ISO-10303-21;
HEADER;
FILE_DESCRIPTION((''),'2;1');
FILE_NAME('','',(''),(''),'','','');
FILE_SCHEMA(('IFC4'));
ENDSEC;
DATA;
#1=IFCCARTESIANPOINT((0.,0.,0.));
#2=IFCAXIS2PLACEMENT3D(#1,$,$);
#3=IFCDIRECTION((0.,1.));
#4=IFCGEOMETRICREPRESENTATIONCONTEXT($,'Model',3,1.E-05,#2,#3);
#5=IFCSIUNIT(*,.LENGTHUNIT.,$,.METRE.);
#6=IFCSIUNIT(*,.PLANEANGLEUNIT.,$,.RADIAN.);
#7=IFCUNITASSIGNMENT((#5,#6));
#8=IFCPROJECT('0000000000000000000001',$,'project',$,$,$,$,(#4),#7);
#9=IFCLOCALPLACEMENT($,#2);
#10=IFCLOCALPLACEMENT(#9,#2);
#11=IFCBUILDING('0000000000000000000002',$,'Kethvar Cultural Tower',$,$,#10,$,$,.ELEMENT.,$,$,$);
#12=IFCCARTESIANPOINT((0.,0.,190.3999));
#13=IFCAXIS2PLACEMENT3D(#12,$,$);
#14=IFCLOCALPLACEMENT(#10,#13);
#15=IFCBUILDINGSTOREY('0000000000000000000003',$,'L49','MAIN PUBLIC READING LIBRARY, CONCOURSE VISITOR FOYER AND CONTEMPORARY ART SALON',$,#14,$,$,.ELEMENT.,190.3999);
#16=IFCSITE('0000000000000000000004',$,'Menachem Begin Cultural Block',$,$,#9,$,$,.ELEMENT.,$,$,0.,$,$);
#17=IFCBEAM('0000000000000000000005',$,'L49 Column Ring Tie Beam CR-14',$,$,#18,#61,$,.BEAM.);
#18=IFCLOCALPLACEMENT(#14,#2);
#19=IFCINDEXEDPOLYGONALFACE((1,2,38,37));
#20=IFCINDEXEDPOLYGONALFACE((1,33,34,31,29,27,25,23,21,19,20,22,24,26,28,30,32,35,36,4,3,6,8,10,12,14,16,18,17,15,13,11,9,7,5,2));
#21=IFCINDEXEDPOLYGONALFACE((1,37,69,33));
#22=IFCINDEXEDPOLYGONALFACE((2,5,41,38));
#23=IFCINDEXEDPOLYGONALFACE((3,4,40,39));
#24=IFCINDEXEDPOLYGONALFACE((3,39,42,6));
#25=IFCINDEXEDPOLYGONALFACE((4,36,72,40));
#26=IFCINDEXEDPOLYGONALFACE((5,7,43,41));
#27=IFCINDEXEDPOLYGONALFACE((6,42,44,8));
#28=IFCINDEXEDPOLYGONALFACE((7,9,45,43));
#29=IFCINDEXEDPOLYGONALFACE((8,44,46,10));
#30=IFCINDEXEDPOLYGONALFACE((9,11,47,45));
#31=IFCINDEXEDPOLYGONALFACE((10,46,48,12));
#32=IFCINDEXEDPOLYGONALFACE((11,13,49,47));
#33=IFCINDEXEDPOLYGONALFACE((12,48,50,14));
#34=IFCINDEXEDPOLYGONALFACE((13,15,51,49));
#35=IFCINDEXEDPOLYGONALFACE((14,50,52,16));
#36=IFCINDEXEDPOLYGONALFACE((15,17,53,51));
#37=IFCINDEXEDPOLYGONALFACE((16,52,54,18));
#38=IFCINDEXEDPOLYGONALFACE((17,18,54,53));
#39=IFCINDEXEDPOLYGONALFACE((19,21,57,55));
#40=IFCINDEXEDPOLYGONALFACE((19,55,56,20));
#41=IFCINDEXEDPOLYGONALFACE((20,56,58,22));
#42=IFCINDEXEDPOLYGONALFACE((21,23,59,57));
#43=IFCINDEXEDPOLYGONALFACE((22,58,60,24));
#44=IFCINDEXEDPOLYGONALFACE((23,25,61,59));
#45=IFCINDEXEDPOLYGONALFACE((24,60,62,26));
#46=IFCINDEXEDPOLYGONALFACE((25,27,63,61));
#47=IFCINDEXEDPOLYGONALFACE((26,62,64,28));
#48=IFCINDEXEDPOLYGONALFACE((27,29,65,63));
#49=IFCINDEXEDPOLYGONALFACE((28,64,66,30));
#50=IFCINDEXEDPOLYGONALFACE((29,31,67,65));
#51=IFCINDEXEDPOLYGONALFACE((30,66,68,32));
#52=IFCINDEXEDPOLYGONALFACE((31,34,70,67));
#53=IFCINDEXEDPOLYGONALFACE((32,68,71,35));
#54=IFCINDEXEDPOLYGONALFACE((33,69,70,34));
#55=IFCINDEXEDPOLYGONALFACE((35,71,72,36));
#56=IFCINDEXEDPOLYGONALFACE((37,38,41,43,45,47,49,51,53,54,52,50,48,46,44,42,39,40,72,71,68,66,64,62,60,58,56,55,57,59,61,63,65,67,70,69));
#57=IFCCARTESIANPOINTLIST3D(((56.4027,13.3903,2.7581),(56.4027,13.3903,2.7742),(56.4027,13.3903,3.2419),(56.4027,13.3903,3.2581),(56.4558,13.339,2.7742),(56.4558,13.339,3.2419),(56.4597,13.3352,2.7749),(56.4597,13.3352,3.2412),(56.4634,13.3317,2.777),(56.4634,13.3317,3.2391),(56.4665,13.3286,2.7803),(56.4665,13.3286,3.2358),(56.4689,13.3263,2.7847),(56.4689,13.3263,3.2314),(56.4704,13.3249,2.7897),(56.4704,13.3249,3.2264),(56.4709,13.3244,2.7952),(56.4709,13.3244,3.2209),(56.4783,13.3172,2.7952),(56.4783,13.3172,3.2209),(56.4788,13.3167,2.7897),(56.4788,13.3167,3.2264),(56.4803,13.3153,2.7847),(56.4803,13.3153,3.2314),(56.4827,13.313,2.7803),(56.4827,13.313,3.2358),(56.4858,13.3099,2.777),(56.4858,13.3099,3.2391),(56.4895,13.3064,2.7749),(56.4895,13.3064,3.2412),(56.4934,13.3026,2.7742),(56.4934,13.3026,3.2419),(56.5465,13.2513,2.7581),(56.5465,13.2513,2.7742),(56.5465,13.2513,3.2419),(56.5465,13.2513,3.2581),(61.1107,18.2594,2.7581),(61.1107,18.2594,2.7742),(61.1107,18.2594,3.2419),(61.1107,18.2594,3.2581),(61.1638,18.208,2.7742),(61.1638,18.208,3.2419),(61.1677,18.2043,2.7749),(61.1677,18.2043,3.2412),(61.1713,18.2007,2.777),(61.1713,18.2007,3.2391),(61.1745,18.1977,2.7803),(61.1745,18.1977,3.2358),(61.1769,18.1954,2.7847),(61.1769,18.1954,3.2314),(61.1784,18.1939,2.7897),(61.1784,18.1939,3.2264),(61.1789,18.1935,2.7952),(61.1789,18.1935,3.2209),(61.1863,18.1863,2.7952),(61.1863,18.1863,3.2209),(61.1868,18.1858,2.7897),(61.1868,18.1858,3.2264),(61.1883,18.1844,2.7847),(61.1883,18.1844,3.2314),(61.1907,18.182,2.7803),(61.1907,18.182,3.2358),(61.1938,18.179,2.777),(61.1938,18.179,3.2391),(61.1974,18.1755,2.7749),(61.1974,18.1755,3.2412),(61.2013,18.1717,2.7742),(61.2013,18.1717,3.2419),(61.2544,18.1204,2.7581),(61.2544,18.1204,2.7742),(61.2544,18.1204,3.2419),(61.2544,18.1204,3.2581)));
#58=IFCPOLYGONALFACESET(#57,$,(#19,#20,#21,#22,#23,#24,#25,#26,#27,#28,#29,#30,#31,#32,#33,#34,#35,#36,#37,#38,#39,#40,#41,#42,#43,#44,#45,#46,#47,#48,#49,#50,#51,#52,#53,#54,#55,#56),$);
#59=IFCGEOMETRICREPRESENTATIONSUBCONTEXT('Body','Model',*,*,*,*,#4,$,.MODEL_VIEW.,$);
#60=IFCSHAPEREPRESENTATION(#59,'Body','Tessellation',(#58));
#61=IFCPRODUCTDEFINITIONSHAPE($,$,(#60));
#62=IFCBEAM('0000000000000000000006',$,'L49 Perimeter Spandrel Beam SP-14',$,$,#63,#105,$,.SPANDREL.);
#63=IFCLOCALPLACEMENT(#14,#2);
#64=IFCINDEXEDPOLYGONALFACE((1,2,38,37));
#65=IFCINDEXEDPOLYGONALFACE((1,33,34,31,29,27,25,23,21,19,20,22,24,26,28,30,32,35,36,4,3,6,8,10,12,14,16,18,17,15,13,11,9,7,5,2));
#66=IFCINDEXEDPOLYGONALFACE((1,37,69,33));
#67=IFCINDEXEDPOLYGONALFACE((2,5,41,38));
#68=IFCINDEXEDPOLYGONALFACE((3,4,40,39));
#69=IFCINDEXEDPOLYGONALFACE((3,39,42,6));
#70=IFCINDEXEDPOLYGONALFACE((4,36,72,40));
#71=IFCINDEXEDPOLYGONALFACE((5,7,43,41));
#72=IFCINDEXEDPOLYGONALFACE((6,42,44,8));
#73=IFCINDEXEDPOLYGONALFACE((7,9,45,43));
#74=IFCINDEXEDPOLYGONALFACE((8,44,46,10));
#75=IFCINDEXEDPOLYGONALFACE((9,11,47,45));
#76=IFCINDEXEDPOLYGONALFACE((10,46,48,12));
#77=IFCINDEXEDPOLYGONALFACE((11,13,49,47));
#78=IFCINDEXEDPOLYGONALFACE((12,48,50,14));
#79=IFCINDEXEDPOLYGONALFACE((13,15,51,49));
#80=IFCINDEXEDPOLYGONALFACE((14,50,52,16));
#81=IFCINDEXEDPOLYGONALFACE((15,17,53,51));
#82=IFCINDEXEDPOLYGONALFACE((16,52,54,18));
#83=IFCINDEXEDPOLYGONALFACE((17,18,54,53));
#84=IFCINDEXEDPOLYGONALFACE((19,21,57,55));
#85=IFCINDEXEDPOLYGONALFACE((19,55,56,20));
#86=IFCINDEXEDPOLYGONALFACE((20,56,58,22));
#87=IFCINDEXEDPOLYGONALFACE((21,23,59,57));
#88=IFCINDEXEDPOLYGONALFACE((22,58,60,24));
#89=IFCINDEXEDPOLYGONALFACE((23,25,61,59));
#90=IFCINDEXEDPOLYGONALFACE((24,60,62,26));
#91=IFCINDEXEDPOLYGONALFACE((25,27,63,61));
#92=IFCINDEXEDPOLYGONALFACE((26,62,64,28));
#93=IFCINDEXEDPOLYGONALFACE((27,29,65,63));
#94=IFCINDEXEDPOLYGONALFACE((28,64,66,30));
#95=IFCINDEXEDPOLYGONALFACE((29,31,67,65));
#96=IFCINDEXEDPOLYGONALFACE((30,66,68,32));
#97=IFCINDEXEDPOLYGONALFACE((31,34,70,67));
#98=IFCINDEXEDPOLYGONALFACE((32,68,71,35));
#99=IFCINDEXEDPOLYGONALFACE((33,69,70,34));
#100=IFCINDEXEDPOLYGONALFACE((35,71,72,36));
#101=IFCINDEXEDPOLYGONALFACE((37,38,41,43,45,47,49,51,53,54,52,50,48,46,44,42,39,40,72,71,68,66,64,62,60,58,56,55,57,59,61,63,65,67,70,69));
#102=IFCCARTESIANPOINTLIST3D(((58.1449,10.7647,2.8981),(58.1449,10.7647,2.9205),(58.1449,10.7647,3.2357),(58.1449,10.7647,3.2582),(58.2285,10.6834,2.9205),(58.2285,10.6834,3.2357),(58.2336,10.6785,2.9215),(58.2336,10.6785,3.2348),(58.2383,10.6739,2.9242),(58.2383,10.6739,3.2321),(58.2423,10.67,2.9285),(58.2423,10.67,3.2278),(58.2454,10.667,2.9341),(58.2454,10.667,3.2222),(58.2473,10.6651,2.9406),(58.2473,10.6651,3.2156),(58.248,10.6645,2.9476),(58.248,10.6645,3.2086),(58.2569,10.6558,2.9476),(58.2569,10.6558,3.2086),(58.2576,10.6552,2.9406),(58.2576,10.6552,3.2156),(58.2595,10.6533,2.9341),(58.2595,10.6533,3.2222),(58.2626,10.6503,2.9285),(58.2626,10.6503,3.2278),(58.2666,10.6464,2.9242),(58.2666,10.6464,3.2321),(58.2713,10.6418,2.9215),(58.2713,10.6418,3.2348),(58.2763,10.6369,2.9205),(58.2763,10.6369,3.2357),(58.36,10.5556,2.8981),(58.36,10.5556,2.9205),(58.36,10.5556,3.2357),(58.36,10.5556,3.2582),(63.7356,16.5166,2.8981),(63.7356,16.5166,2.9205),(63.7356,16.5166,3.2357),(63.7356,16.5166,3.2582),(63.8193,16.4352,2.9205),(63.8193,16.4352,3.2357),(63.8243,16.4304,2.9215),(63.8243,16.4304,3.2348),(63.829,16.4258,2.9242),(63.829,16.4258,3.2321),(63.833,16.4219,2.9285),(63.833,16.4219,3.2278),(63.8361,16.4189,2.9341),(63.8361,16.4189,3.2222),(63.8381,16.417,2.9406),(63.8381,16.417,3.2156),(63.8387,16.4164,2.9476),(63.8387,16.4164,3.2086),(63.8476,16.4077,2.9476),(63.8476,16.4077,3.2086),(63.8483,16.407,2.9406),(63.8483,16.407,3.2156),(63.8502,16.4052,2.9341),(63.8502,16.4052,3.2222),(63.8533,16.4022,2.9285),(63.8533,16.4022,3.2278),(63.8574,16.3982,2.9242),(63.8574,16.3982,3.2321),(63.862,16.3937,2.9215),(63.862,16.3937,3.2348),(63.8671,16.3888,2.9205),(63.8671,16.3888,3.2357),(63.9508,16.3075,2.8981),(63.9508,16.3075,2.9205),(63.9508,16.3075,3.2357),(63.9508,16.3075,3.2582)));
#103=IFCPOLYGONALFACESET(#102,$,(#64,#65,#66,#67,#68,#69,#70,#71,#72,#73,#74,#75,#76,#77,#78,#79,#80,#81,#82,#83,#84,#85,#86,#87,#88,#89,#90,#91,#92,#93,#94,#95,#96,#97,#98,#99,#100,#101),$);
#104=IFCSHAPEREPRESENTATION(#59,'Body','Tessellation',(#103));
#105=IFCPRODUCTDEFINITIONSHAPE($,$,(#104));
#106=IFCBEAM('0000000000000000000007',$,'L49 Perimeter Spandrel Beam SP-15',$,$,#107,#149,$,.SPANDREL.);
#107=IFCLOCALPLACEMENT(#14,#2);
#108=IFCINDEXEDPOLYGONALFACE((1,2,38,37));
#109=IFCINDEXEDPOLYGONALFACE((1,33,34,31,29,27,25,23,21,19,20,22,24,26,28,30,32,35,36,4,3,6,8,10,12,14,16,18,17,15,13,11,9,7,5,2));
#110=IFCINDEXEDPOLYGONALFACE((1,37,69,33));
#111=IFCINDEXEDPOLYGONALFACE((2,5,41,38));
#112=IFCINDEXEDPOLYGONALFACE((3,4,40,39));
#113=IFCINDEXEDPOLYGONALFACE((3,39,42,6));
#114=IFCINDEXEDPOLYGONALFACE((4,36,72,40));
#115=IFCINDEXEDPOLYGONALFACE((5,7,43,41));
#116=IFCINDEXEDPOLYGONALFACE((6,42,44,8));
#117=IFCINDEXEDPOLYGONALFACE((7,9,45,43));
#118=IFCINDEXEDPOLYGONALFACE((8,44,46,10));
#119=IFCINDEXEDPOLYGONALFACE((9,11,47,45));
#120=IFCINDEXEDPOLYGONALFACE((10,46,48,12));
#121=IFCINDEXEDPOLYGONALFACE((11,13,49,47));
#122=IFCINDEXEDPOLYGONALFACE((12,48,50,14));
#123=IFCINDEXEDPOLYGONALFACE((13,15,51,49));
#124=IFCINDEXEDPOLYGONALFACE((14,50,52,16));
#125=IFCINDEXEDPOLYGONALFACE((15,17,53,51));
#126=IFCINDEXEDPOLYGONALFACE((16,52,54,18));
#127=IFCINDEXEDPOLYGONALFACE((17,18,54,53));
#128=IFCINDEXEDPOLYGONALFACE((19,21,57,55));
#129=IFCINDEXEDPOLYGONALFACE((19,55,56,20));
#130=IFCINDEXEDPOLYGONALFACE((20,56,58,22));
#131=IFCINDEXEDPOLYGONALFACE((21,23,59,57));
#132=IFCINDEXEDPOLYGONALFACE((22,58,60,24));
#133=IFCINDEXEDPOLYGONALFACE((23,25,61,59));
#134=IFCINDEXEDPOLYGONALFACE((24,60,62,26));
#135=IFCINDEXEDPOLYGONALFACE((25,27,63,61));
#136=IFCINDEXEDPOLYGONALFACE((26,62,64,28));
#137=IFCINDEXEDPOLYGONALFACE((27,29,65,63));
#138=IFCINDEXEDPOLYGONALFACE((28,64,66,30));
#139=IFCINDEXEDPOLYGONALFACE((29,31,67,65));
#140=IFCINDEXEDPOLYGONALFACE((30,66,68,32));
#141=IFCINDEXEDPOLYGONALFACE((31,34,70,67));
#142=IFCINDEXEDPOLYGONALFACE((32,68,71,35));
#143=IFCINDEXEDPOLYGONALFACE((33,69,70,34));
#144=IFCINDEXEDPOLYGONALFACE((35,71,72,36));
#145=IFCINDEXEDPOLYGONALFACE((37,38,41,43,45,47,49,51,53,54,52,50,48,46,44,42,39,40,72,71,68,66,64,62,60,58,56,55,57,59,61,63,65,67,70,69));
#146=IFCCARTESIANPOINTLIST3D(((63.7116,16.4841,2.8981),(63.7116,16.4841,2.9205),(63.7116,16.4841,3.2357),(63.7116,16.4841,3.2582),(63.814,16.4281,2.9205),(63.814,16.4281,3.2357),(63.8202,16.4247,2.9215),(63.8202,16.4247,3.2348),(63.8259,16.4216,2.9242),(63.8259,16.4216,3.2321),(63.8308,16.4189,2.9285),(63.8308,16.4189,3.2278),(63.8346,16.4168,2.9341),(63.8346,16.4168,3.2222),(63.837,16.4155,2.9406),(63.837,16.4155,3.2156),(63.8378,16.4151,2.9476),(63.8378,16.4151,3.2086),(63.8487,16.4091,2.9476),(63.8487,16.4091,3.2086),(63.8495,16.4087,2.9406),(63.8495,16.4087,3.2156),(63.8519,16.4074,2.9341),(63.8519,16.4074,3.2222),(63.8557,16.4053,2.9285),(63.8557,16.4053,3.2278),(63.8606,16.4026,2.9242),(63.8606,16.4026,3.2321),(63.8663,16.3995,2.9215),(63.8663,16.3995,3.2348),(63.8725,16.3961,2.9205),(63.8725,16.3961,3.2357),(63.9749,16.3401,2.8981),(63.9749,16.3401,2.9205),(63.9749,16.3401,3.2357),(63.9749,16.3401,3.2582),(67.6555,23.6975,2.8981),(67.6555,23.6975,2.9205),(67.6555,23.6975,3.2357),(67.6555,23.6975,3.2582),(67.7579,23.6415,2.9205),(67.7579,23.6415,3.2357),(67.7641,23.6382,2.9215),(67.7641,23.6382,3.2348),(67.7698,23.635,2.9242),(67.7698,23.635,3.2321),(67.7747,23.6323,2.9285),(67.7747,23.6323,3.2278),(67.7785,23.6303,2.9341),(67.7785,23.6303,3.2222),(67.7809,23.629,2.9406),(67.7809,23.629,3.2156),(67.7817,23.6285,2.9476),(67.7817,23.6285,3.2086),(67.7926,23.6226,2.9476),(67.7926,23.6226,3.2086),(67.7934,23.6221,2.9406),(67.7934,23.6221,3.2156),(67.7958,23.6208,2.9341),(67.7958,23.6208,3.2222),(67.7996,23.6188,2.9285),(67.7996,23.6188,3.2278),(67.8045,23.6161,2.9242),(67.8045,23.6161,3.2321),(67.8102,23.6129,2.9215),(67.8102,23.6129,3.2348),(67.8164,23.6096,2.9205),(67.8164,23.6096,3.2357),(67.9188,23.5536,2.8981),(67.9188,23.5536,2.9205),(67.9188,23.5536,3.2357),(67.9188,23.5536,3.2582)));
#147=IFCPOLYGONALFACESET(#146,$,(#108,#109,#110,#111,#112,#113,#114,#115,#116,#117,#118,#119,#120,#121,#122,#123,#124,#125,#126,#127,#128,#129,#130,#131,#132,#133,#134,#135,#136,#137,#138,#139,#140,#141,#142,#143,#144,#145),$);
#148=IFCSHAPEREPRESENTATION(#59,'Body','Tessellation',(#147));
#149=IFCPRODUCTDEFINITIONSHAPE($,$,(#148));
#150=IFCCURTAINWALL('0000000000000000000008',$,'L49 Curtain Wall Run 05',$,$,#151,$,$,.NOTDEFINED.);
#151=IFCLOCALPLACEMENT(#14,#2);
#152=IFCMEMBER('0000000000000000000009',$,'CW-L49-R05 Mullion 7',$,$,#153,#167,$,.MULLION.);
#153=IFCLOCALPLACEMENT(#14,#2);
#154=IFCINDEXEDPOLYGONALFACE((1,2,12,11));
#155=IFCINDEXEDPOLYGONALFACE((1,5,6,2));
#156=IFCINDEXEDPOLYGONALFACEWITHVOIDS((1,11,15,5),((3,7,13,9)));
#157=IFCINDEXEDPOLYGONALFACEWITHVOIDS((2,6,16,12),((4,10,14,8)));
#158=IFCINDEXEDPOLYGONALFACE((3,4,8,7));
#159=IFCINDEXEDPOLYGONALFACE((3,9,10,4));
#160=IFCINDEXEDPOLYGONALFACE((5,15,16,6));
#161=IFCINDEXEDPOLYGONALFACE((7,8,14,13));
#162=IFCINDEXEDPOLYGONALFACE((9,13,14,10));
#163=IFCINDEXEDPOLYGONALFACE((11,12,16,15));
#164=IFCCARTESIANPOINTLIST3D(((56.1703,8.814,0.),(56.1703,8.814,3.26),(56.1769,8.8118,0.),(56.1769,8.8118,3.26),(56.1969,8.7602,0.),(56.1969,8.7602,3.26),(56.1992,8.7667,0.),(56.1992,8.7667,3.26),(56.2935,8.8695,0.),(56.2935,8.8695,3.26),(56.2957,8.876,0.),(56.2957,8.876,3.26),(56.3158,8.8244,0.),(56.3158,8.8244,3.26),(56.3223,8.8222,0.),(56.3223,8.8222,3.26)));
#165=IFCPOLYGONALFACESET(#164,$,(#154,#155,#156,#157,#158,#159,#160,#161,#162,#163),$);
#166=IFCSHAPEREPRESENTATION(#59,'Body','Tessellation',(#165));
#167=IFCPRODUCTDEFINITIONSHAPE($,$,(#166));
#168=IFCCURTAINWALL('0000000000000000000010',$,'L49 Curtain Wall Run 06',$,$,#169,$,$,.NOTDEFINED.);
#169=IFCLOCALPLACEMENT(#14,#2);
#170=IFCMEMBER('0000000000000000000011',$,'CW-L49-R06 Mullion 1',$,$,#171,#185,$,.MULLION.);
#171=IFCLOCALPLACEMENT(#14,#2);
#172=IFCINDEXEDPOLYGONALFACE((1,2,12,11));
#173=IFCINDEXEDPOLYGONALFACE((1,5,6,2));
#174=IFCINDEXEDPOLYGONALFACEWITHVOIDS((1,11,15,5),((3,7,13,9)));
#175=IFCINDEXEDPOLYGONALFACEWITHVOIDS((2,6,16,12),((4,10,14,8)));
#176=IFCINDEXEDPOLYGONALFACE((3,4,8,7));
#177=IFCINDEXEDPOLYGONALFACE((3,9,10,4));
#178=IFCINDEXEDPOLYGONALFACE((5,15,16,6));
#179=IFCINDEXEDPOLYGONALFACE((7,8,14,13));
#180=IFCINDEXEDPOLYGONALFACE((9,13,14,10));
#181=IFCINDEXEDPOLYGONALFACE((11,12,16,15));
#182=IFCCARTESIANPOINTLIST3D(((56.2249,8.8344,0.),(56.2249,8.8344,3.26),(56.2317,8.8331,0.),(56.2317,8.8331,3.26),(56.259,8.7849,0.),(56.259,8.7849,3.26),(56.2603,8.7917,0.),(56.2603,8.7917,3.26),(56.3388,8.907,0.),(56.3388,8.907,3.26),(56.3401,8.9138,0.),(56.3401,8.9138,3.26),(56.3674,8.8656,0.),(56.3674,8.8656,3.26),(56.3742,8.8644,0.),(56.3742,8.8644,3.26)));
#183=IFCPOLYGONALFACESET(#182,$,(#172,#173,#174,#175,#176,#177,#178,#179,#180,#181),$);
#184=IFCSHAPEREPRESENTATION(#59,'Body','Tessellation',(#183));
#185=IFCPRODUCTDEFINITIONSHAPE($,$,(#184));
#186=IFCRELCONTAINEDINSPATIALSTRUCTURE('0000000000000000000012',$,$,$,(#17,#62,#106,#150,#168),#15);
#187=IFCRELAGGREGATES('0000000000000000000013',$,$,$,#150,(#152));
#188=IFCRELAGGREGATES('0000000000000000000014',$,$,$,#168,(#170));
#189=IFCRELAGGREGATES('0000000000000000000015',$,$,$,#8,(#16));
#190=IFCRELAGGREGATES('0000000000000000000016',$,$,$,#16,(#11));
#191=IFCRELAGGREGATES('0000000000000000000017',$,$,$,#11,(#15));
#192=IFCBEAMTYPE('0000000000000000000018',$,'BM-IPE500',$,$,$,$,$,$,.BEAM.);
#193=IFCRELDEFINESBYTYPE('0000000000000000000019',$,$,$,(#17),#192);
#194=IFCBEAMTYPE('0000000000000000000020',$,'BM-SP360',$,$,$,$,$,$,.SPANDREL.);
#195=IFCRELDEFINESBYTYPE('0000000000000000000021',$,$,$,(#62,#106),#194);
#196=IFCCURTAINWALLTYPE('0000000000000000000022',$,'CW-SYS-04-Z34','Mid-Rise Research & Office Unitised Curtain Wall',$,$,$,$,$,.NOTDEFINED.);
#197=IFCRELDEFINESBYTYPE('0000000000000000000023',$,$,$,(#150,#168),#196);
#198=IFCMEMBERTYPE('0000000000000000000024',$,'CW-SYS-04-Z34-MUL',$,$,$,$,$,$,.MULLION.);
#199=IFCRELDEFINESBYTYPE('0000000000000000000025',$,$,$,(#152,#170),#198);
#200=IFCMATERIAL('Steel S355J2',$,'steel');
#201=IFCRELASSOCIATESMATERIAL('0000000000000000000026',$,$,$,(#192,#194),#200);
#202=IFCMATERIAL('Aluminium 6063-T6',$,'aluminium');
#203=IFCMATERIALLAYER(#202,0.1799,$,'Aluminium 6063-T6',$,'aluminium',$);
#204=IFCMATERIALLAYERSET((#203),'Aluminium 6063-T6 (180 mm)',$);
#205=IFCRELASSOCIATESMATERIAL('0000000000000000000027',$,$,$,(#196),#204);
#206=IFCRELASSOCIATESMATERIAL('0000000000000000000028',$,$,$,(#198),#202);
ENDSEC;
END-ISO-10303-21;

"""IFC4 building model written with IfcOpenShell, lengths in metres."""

from ifc_helpers import new_model, si_unit, direction, frame, origin, origin_2d, place, context, subcontext, project, spatial, hollow_rectangle, i_section, extrude, source, transform, mapped, material, layer, layer_set, material_profile, profile_set, type_object, element, aggregate, save


model = new_model("IFC4")

# Units and contexts
model_context = context("Model", 3, precision=1e-05, world=origin(), true_north=direction((0.0, 1.0)))
body_context = subcontext(model_context, "Body", "Model", "MODEL_VIEW")
ifc_project = project(units=[si_unit("LENGTHUNIT", "METRE"), si_unit("PLANEANGLEUNIT", "RADIAN")], contexts=[model_context])

# Site, building, storey
site_placement = place(None, origin())
site = spatial("IfcSite", under=ifc_project, at=site_placement, Name="Menachem Begin Cultural Block", CompositionType="ELEMENT", RefElevation=0.0)
building_placement = place(site_placement, origin())
building = spatial("IfcBuilding", under=site, at=building_placement, Name="Kethvar Cultural Tower", CompositionType="ELEMENT")
storey_placement = place(building_placement, frame((0.0, 0.0, 190.3999)))
storey = spatial("IfcBuildingStorey", under=building, at=storey_placement, Name="L49", Description="MAIN PUBLIC READING LIBRARY, CONCOURSE VISITOR FOYER AND CONTEMPORARY ART SALON", CompositionType="ELEMENT", Elevation=190.3999)

# Beams
ifc_material_1 = material(Name="Steel S355J2", Category="steel")
ifc_material_profile_1 = material_profile(ifc_material_1, i_section(OverallWidth=0.2, OverallDepth=0.5, WebThickness=0.0103, FlangeThickness=0.0161, FilletRadius=0.021, at=origin_2d()), Name="Steel S355J2 — IPE500")
ifc_profile_set_1 = profile_set([ifc_material_profile_1], Name="Steel S355J2 — IPE500")
beam_type_1 = type_object("IfcBeamType", Name="BM-IPE500", PredefinedType="BEAM", material=ifc_profile_set_1)
shared_shape_1 = source(origin(), body_context, "Body", "SweptSolid", [
    extrude(i_section(OverallWidth=0.2, OverallDepth=0.5, WebThickness=0.0103, FlangeThickness=0.0161, FilletRadius=0.021, at=origin_2d()), origin(), (0.0, 0.0, 1.0), 6.7729),
])
beam_1_placement = place(storey_placement, frame((56.4746, 13.3208, 3.0081), z_axis=(0.695112, 0.718902, 0.0), x_axis=(-0.718902, 0.695112, 0.0)))
element("IfcBeam", 1, at=beam_1_placement, inside=storey, type_object=beam_type_1, Name="L49 Column Ring Tie Beam CR-14", PredefinedType="BEAM", context=body_context, shape_type="MappedRepresentation", body=[
    mapped(shared_shape_1, transform((0.0, 0.0, 0.0), scale=1.0)),
])
ifc_material_profile_2 = material_profile(ifc_material_1, i_section(OverallWidth=0.3, OverallDepth=0.3601, WebThickness=0.0125, FlangeThickness=0.0225, FilletRadius=0.0271, at=origin_2d()), Name="Steel S355J2 — HEB360")
ifc_profile_set_2 = profile_set([ifc_material_profile_2], Name="Steel S355J2 — HEB360")
beam_type_2 = type_object("IfcBeamType", Name="BM-SP360", PredefinedType="SPANDREL", material=ifc_profile_set_2)
shared_shape_2 = source(origin(), body_context, "Body", "SweptSolid", [
    extrude(i_section(OverallWidth=0.3, OverallDepth=0.3601, WebThickness=0.0125, FlangeThickness=0.0225, FilletRadius=0.0271, at=origin_2d()), origin(), (0.0, 0.0, 1.0), 8.0212),
])
beam_2_placement = place(storey_placement, frame((58.2524, 10.6602, 3.0781), z_axis=(0.696991, 0.717079, 0.0), x_axis=(-0.717079, 0.696991, 0.0)))
element("IfcBeam", 2, at=beam_2_placement, inside=storey, type_object=beam_type_2, Name="L49 Perimeter Spandrel Beam SP-14", PredefinedType="SPANDREL", context=body_context, shape_type="MappedRepresentation", body=[
    mapped(shared_shape_2, transform((0.0, 0.0, 0.0), scale=1.0)),
])
shared_shape_3 = source(origin(), body_context, "Body", "SweptSolid", [
    extrude(i_section(OverallWidth=0.3, OverallDepth=0.3601, WebThickness=0.0125, FlangeThickness=0.0225, FilletRadius=0.0271, at=origin_2d()), origin(), (0.0, 0.0, 1.0), 8.2212),
])
beam_3_placement = place(storey_placement, frame((63.8433, 16.4121, 3.0781), z_axis=(0.479722, 0.877421, 0.0), x_axis=(-0.877421, 0.479722, 0.0)))
element("IfcBeam", 3, at=beam_3_placement, inside=storey, type_object=beam_type_2, Name="L49 Perimeter Spandrel Beam SP-15", PredefinedType="SPANDREL", context=body_context, shape_type="MappedRepresentation", body=[
    mapped(shared_shape_3, transform((0.0, 0.0, 0.0), scale=1.0)),
])

# Curtain wall, member
ifc_material_2 = material(Name="Aluminium 6063-T6", Category="aluminium")
ifc_layer_1 = layer(ifc_material_2, 0.1799, Name="Aluminium 6063-T6", Category="aluminium")
ifc_layer_set_1 = layer_set([ifc_layer_1], Name="Aluminium 6063-T6 (180 mm)")
curtain_wall_type = type_object("IfcCurtainWallType", Name="CW-SYS-04-Z34", Description="Mid-Rise Research & Office Unitised Curtain Wall", PredefinedType="NOTDEFINED", material=ifc_layer_set_1)
curtain_wall_1_placement = place(storey_placement, origin())
curtain_wall_1 = element("IfcCurtainWall", 4, at=curtain_wall_1_placement, inside=storey, type_object=curtain_wall_type, Name="L49 Curtain Wall Run 05", PredefinedType="NOTDEFINED")
ifc_material_profile_3 = material_profile(ifc_material_2, hollow_rectangle(XDim=0.0601, YDim=0.1399, WallThickness=0.0049, at=origin_2d()), Name="Aluminium 6063-T6 — RHS140x60x5")
ifc_profile_set_3 = profile_set([ifc_material_profile_3], Name="Aluminium 6063-T6 — RHS140x60x5")
member_type_1 = type_object("IfcMemberType", Name="CW-SYS-04-Z34-MUL", PredefinedType="MULLION", material=ifc_profile_set_3)
shared_shape_4 = source(origin(), body_context, "Body", "SweptSolid", [
    extrude(hollow_rectangle(XDim=0.0601, YDim=0.1399, WallThickness=0.0049, at=origin_2d()), origin(), (0.0, 0.0, 1.0), 3.26),
])
member_1_placement = place(storey_placement, frame((56.2463, 8.8181, 0.0), z_axis=(0.0, 0.0, 1.0), x_axis=(-0.443259, 0.896394, 0.0)))
member_1 = element("IfcMember", 5, at=member_1_placement, type_object=member_type_1, Name="CW-L49-R05 Mullion 7", PredefinedType="MULLION", context=body_context, shape_type="MappedRepresentation", body=[
    mapped(shared_shape_4, transform((0.0, 0.0, 0.0), scale=1.0)),
])
aggregate(curtain_wall_1, [member_1])

# Curtain wall, member
curtain_wall_2_placement = place(storey_placement, origin())
curtain_wall_2 = element("IfcCurtainWall", 6, at=curtain_wall_2_placement, inside=storey, type_object=curtain_wall_type, Name="L49 Curtain Wall Run 06", PredefinedType="NOTDEFINED")
member_2_placement = place(storey_placement, frame((56.2996, 8.8494, 0.0), z_axis=(0.0, 0.0, 1.0), x_axis=(-0.567815, 0.823156, 0.0)))
member_2 = element("IfcMember", 7, at=member_2_placement, type_object=member_type_1, Name="CW-L49-R06 Mullion 1", PredefinedType="MULLION", context=body_context, shape_type="MappedRepresentation", body=[
    mapped(shared_shape_4, transform((0.0, 0.0, 0.0), scale=1.0)),
])
aggregate(curtain_wall_2, [member_2])

save(model, "model.ifc")
